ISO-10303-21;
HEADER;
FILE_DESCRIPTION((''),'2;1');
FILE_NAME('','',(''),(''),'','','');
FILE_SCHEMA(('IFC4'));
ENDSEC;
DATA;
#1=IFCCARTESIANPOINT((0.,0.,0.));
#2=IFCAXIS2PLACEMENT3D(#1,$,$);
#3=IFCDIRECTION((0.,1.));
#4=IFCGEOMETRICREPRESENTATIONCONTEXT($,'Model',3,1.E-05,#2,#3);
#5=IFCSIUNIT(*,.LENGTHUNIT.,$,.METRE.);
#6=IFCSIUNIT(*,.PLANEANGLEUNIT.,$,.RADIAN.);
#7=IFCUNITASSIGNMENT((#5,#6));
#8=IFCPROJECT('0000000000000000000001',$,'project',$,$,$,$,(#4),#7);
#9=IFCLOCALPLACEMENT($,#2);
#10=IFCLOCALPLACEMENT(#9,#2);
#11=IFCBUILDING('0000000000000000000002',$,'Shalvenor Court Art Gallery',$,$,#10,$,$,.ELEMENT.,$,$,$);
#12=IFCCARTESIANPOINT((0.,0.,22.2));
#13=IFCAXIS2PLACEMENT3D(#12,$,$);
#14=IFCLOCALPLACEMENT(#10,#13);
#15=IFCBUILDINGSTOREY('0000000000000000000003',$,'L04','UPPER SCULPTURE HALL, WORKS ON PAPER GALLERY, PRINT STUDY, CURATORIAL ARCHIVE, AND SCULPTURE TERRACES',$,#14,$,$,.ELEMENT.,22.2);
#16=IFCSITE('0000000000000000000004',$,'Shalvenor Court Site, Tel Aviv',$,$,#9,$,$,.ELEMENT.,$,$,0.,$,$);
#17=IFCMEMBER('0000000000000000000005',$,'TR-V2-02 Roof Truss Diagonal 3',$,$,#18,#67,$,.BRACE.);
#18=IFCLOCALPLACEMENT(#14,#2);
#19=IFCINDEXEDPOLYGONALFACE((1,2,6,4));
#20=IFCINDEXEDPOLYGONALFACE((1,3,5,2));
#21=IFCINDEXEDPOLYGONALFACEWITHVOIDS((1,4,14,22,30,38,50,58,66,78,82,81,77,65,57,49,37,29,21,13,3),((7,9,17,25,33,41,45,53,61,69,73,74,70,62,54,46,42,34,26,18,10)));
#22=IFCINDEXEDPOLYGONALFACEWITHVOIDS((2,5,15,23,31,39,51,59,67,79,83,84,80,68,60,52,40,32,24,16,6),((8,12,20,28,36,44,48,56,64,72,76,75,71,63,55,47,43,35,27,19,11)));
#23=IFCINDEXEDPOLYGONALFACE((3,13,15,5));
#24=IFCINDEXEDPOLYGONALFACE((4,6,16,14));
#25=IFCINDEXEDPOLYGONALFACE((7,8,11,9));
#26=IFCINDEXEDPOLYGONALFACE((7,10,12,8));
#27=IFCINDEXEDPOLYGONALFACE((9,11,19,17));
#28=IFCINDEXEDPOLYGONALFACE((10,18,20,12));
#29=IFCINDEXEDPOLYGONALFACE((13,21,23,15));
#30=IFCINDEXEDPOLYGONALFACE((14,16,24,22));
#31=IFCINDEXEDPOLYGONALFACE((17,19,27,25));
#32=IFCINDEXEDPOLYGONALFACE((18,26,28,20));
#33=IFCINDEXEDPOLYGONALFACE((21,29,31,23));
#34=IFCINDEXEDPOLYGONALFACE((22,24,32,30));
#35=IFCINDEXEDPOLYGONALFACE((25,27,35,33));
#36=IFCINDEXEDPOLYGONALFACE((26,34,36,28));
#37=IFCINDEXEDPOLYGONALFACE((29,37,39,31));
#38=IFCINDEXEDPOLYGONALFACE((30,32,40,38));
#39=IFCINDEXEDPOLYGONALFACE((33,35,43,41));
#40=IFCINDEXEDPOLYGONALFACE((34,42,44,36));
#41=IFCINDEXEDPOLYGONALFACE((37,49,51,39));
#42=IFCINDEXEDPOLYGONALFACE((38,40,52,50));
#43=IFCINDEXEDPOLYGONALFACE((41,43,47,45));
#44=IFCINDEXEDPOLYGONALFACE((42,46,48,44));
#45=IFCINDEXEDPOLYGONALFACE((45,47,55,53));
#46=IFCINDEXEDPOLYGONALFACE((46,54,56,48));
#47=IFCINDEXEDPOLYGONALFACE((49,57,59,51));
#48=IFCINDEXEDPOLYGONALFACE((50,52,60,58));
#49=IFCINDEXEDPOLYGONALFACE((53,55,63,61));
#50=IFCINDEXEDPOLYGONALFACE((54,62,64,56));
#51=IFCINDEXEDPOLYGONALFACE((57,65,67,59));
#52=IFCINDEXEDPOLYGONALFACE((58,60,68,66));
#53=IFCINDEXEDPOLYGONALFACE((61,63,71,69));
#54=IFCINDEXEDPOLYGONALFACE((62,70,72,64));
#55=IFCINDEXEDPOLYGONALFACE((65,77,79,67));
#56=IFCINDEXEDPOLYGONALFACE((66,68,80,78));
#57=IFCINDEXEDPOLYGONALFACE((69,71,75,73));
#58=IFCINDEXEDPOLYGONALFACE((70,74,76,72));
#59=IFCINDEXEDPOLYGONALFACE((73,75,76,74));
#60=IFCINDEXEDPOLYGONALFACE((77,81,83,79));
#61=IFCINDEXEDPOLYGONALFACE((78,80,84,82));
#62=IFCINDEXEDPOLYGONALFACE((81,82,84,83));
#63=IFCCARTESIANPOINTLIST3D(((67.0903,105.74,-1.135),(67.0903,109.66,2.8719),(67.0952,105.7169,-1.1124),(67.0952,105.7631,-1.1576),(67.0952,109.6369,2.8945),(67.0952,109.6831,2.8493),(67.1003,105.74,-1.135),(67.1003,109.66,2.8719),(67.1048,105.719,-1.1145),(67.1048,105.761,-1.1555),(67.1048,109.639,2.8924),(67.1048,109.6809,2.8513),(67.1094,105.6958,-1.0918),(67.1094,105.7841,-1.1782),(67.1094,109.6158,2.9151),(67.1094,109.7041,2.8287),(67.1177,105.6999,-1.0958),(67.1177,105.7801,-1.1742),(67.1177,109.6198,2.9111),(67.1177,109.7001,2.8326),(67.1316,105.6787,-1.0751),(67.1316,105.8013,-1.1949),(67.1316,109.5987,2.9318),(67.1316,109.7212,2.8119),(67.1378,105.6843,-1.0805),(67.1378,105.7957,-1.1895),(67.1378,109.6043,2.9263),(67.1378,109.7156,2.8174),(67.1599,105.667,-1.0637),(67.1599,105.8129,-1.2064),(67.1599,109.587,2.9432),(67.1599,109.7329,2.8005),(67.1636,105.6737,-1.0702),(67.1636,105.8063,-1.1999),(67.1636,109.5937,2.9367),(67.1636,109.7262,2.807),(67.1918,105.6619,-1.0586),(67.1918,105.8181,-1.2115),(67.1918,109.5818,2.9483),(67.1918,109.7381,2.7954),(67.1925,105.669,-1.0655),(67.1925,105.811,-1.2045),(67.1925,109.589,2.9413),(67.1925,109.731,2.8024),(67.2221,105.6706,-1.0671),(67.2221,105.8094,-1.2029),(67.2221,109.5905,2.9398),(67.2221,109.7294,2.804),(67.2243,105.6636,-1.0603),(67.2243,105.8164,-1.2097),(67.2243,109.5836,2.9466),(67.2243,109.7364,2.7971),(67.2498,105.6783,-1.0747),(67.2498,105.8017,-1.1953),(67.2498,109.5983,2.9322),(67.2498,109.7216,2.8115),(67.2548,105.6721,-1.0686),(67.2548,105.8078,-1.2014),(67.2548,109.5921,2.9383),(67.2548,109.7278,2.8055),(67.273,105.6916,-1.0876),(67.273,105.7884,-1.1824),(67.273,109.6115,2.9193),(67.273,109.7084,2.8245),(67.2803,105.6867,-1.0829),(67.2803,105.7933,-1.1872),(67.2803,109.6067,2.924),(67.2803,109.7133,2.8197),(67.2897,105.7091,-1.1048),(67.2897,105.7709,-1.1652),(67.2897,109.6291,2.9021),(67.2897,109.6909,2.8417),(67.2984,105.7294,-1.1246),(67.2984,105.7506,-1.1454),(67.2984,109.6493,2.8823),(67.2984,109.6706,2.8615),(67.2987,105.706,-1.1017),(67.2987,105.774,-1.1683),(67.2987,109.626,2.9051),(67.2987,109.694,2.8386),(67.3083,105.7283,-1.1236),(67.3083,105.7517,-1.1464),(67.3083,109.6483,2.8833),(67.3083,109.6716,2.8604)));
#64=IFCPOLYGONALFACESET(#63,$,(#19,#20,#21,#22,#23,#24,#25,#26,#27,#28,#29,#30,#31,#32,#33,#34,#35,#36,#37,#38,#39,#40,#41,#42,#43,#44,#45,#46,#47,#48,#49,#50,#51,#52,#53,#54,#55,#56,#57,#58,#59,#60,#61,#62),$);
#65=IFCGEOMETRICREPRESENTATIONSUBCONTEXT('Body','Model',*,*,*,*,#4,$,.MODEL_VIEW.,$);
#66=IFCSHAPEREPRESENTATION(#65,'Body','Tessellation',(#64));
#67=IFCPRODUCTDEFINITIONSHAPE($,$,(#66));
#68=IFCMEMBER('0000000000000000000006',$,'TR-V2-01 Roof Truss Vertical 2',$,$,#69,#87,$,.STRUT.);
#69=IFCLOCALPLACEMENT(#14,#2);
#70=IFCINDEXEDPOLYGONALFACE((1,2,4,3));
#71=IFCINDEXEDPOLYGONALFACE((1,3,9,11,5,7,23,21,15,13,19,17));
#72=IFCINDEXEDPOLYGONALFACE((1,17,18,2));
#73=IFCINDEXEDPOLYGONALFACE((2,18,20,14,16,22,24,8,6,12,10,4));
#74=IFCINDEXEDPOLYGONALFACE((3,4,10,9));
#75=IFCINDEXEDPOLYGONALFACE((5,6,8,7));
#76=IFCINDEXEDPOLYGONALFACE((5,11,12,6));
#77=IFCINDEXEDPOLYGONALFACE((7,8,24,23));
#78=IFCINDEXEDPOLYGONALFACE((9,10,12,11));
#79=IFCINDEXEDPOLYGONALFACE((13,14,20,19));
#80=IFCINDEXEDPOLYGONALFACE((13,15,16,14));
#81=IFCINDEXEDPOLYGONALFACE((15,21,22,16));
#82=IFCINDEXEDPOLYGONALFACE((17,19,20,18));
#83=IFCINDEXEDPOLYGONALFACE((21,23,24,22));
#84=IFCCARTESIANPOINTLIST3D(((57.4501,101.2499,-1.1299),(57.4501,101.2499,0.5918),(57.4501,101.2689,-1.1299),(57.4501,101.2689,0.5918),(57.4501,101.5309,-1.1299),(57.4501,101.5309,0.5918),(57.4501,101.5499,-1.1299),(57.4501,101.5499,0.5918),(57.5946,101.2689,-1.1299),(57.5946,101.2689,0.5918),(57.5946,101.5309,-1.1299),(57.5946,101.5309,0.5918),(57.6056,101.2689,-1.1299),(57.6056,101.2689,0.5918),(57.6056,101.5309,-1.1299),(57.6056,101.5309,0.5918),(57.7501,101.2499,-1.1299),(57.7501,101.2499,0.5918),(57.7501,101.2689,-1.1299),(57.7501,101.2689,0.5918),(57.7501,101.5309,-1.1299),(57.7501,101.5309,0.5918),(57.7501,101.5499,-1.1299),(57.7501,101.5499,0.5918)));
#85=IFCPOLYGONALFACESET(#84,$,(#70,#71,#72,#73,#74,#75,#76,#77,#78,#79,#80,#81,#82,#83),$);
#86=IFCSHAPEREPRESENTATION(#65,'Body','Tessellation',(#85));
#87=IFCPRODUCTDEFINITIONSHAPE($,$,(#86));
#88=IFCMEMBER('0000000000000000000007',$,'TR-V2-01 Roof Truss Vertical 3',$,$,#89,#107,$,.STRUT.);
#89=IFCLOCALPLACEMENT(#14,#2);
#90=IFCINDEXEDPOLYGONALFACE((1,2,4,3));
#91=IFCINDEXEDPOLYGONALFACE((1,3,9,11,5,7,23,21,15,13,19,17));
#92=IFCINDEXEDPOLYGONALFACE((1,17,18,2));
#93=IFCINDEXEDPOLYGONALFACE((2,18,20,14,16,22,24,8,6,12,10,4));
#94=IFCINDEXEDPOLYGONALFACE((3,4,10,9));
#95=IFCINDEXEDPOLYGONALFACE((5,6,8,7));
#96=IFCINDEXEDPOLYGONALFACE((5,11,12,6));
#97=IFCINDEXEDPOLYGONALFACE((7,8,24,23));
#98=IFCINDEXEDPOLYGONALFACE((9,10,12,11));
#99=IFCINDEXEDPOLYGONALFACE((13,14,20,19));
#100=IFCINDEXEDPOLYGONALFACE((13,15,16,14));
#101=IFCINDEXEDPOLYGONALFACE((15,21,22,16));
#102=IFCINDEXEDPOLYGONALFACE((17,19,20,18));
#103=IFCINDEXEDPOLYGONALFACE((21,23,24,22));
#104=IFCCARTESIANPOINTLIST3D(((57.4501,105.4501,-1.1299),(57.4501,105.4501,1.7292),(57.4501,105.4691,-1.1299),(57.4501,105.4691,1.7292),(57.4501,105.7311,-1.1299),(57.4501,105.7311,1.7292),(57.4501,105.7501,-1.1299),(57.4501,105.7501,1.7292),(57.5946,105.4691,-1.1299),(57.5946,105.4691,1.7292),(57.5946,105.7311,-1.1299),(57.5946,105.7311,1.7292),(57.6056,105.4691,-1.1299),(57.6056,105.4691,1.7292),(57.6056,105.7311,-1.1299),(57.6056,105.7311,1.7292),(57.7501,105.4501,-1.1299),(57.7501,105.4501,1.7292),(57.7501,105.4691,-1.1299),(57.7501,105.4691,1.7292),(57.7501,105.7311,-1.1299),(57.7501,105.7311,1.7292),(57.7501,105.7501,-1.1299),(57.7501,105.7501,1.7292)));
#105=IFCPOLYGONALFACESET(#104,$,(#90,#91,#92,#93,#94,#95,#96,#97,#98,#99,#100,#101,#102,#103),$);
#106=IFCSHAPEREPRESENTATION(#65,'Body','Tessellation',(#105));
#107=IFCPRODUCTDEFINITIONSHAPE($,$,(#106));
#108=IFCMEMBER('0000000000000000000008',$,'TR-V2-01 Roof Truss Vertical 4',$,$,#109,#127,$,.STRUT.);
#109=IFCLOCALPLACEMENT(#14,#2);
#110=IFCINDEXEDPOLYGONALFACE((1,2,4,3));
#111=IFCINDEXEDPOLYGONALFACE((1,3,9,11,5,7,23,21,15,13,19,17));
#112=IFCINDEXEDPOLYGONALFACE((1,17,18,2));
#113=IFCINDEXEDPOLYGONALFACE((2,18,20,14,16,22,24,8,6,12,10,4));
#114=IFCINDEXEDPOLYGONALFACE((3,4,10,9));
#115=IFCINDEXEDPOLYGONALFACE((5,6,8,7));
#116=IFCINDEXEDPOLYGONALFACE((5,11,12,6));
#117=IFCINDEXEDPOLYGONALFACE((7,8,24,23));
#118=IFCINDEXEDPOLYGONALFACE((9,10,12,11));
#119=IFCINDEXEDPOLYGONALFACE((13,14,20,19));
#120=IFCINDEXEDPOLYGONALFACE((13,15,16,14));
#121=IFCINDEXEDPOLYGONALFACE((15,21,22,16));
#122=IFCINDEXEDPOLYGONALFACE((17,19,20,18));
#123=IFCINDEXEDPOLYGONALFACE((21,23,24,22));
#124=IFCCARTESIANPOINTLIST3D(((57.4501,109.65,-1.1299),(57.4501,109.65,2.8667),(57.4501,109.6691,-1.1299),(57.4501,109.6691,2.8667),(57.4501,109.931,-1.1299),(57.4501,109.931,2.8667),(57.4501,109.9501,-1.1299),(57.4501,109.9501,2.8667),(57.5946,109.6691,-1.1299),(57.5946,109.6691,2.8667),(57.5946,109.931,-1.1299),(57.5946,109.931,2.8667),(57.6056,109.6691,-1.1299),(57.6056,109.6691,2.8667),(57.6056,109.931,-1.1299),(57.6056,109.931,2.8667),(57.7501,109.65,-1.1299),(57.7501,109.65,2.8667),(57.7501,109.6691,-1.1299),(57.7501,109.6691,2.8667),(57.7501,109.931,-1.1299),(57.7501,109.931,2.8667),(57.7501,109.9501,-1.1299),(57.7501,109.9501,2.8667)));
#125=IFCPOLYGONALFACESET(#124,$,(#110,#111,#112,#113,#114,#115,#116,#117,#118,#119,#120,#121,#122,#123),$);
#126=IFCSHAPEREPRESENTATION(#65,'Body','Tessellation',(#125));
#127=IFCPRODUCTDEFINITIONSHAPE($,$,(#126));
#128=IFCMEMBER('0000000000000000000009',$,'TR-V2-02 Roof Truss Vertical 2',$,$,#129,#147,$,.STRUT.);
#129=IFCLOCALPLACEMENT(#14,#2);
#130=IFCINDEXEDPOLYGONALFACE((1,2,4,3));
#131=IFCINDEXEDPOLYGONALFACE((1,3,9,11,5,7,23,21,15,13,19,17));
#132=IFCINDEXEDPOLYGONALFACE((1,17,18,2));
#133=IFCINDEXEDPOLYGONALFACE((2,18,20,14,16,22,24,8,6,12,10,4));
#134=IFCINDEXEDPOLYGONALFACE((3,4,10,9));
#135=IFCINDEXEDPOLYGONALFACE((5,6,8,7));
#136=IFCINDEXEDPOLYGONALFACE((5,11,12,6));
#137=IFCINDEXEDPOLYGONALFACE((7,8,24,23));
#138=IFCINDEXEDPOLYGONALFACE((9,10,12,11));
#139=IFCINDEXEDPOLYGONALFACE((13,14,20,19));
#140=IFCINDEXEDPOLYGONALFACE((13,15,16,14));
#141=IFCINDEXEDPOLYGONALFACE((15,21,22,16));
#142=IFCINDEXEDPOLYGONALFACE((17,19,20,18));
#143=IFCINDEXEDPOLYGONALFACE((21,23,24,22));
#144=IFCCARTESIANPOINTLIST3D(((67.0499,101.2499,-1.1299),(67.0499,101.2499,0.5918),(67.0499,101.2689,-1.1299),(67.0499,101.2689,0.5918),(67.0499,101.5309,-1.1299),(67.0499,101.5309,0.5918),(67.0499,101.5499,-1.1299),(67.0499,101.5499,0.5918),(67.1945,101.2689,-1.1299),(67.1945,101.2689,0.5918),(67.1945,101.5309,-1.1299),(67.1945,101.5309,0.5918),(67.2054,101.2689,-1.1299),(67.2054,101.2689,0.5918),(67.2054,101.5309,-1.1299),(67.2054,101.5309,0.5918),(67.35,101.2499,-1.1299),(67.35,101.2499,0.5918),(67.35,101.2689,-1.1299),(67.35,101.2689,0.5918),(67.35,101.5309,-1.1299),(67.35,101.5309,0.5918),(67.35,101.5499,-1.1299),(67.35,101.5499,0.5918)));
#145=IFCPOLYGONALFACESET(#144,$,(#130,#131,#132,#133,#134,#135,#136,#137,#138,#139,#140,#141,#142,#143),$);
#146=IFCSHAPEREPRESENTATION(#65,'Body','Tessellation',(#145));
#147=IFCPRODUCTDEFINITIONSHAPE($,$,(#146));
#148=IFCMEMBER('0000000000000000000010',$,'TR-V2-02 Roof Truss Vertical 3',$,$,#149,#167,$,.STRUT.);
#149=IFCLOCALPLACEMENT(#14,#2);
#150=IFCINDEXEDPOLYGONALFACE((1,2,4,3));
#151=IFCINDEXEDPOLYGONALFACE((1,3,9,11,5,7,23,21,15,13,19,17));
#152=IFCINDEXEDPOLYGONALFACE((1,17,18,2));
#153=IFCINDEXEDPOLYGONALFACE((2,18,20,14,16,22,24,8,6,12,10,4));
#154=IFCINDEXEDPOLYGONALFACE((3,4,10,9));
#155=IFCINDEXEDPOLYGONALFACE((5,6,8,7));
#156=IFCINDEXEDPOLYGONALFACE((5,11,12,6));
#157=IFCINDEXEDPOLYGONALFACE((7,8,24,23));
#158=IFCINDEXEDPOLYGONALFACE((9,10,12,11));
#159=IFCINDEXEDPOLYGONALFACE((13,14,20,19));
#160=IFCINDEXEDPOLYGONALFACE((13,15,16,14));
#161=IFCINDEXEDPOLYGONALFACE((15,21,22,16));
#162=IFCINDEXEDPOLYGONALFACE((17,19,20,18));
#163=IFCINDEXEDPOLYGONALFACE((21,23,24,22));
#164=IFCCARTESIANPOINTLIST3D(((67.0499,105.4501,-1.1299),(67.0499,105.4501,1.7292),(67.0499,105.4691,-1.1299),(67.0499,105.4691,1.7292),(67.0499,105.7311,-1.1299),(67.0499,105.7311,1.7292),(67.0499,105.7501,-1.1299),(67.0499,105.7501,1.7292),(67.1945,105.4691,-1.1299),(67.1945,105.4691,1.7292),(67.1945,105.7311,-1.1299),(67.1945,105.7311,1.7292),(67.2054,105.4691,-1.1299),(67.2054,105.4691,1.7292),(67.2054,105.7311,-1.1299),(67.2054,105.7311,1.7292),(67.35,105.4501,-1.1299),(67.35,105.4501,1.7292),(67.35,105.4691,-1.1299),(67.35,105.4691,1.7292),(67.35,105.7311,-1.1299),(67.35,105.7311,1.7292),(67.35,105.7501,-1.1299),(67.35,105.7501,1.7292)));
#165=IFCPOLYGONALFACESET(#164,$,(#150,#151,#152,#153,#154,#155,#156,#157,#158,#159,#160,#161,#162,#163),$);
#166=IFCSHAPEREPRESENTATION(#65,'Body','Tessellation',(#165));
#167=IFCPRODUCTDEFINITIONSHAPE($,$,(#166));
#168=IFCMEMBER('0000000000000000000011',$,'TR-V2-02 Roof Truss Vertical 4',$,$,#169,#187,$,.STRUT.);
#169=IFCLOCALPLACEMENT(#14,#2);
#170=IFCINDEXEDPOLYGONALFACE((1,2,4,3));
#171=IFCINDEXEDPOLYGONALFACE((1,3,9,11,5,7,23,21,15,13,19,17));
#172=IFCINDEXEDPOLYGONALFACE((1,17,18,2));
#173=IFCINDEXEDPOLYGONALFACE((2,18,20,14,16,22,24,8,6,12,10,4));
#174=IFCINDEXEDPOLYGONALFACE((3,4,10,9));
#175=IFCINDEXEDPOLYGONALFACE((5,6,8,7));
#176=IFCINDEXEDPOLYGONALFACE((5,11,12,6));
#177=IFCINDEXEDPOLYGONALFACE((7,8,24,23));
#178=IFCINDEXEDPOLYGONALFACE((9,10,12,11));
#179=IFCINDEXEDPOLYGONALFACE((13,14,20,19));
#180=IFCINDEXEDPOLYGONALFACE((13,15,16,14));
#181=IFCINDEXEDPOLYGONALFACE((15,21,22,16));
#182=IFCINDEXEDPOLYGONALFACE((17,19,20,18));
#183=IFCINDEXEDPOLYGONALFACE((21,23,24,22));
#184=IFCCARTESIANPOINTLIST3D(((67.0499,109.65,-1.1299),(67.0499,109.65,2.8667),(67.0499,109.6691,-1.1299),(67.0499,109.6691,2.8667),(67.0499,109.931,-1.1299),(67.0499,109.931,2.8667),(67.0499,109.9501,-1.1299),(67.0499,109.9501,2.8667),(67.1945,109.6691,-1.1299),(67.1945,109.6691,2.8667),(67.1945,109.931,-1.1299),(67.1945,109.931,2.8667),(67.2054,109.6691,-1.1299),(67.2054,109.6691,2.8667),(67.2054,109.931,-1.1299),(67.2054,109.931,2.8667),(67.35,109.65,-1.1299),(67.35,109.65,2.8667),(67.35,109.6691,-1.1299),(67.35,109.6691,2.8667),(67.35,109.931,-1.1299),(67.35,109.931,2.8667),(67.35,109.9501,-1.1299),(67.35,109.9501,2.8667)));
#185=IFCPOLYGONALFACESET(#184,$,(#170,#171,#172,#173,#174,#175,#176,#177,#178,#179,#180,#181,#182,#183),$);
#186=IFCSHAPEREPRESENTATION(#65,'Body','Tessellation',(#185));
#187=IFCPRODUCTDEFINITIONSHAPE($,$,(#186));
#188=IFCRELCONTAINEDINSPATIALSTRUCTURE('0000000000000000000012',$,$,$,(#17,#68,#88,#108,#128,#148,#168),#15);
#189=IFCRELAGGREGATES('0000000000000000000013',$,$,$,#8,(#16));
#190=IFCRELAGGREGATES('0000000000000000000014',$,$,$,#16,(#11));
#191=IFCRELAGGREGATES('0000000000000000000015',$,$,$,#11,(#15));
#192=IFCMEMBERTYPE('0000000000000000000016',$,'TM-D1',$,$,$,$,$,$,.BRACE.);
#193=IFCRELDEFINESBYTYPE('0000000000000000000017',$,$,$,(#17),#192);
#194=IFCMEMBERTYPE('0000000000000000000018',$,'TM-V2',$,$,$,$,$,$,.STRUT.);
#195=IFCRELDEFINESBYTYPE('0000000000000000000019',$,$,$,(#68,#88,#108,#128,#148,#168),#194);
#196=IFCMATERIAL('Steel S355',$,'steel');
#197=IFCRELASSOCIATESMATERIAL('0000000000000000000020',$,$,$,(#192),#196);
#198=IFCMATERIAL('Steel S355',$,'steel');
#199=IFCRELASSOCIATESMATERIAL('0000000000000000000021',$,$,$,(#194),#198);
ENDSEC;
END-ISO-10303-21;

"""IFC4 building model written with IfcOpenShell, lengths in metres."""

from ifc_helpers import new_model, si_unit, direction, frame, origin, origin_2d, place, context, subcontext, project, spatial, hollow_circle, i_section, extrude, material, material_profile, profile_set, type_object, element, save


model = new_model("IFC4")

# Units and contexts
model_context = context("Model", 3, precision=1e-05, world=origin(), true_north=direction((0.0, 1.0)))
body_context = subcontext(model_context, "Body", "Model", "MODEL_VIEW")
ifc_project = project(units=[si_unit("LENGTHUNIT", "METRE"), si_unit("PLANEANGLEUNIT", "RADIAN")], contexts=[model_context])

# Site, building, storey
site_placement = place(None, origin())
site = spatial("IfcSite", under=ifc_project, at=site_placement, Name="Shalvenor Court Site, Tel Aviv", CompositionType="ELEMENT", RefElevation=0.0)
building_placement = place(site_placement, origin())
building = spatial("IfcBuilding", under=site, at=building_placement, Name="Shalvenor Court Art Gallery", CompositionType="ELEMENT")
storey_placement = place(building_placement, frame((0.0, 0.0, 22.2)))
storey = spatial("IfcBuildingStorey", under=building, at=storey_placement, Name="L04", Description="UPPER SCULPTURE HALL, WORKS ON PAPER GALLERY, PRINT STUDY, CURATORIAL ARCHIVE, AND SCULPTURE TERRACES", CompositionType="ELEMENT", Elevation=22.2)

# Members
ifc_material_1 = material(Name="Steel S355", Category="steel")
ifc_material_profile_1 = material_profile(ifc_material_1, hollow_circle(Radius=0.1096, WallThickness=0.01, at=origin_2d()), Name="CHS 219.1x10.0")
ifc_profile_set_1 = profile_set([ifc_material_profile_1], Name="Steel S355")
member_type_1 = type_object("IfcMemberType", Name="TM-D1", PredefinedType="BRACE", material=ifc_profile_set_1)
member_1_placement = place(storey_placement, frame((67.2, 105.74, -1.135), z_axis=(0.0, 0.699312, 0.714817), x_axis=(-1.0, 0.0, 0.0)))
element("IfcMember", 1, at=member_1_placement, inside=storey, type_object=member_type_1, Name="TR-V2-02 Roof Truss Diagonal 3", PredefinedType="BRACE", context=body_context, shape_type="SweptSolid", body=[
    extrude(hollow_circle(Radius=0.1096, WallThickness=0.01, at=origin_2d()), origin(), (0.0, 0.0, 1.0), 5.6055),
])
ifc_material_2 = material(Name="Steel S355", Category="steel")
ifc_material_profile_2 = material_profile(ifc_material_2, i_section(OverallWidth=0.3, OverallDepth=0.3, WebThickness=0.011, FlangeThickness=0.019, at=origin_2d()), Name="HEB 300")
ifc_profile_set_2 = profile_set([ifc_material_profile_2], Name="Steel S355")
member_type_2 = type_object("IfcMemberType", Name="TM-V2", PredefinedType="STRUT", material=ifc_profile_set_2)
member_2_placement = place(storey_placement, frame((57.6001, 101.3999, -1.1299), z_axis=(0.0, 0.0, 1.0), x_axis=(1.0, 0.0, 0.0)))
element("IfcMember", 2, at=member_2_placement, inside=storey, type_object=member_type_2, Name="TR-V2-01 Roof Truss Vertical 2", PredefinedType="STRUT", context=body_context, shape_type="SweptSolid", body=[
    extrude(i_section(OverallWidth=0.3, OverallDepth=0.3, WebThickness=0.011, FlangeThickness=0.019, at=origin_2d()), origin(), (0.0, 0.0, 1.0), 1.7217),
])
member_3_placement = place(storey_placement, frame((57.6001, 105.6001, -1.1299), z_axis=(0.0, 0.0, 1.0), x_axis=(1.0, 0.0, 0.0)))
element("IfcMember", 3, at=member_3_placement, inside=storey, type_object=member_type_2, Name="TR-V2-01 Roof Truss Vertical 3", PredefinedType="STRUT", context=body_context, shape_type="SweptSolid", body=[
    extrude(i_section(OverallWidth=0.3, OverallDepth=0.3, WebThickness=0.011, FlangeThickness=0.019, at=origin_2d()), origin(), (0.0, 0.0, 1.0), 2.8591),
])
member_4_placement = place(storey_placement, frame((57.6001, 109.8, -1.1299), z_axis=(0.0, 0.0, 1.0), x_axis=(1.0, 0.0, 0.0)))
element("IfcMember", 4, at=member_4_placement, inside=storey, type_object=member_type_2, Name="TR-V2-01 Roof Truss Vertical 4", PredefinedType="STRUT", context=body_context, shape_type="SweptSolid", body=[
    extrude(i_section(OverallWidth=0.3, OverallDepth=0.3, WebThickness=0.011, FlangeThickness=0.019, at=origin_2d()), origin(), (0.0, 0.0, 1.0), 3.9966),
])
member_5_placement = place(storey_placement, frame((67.2, 101.3999, -1.1299), z_axis=(0.0, 0.0, 1.0), x_axis=(1.0, 0.0, 0.0)))
element("IfcMember", 5, at=member_5_placement, inside=storey, type_object=member_type_2, Name="TR-V2-02 Roof Truss Vertical 2", PredefinedType="STRUT", context=body_context, shape_type="SweptSolid", body=[
    extrude(i_section(OverallWidth=0.3, OverallDepth=0.3, WebThickness=0.011, FlangeThickness=0.019, at=origin_2d()), origin(), (0.0, 0.0, 1.0), 1.7217),
])
member_6_placement = place(storey_placement, frame((67.2, 105.6001, -1.1299), z_axis=(0.0, 0.0, 1.0), x_axis=(1.0, 0.0, 0.0)))
element("IfcMember", 6, at=member_6_placement, inside=storey, type_object=member_type_2, Name="TR-V2-02 Roof Truss Vertical 3", PredefinedType="STRUT", context=body_context, shape_type="SweptSolid", body=[
    extrude(i_section(OverallWidth=0.3, OverallDepth=0.3, WebThickness=0.011, FlangeThickness=0.019, at=origin_2d()), origin(), (0.0, 0.0, 1.0), 2.8591),
])
member_7_placement = place(storey_placement, frame((67.2, 109.8, -1.1299), z_axis=(0.0, 0.0, 1.0), x_axis=(1.0, 0.0, 0.0)))
element("IfcMember", 7, at=member_7_placement, inside=storey, type_object=member_type_2, Name="TR-V2-02 Roof Truss Vertical 4", PredefinedType="STRUT", context=body_context, shape_type="SweptSolid", body=[
    extrude(i_section(OverallWidth=0.3, OverallDepth=0.3, WebThickness=0.011, FlangeThickness=0.019, at=origin_2d()), origin(), (0.0, 0.0, 1.0), 3.9966),
])

save(model, "model.ifc")
